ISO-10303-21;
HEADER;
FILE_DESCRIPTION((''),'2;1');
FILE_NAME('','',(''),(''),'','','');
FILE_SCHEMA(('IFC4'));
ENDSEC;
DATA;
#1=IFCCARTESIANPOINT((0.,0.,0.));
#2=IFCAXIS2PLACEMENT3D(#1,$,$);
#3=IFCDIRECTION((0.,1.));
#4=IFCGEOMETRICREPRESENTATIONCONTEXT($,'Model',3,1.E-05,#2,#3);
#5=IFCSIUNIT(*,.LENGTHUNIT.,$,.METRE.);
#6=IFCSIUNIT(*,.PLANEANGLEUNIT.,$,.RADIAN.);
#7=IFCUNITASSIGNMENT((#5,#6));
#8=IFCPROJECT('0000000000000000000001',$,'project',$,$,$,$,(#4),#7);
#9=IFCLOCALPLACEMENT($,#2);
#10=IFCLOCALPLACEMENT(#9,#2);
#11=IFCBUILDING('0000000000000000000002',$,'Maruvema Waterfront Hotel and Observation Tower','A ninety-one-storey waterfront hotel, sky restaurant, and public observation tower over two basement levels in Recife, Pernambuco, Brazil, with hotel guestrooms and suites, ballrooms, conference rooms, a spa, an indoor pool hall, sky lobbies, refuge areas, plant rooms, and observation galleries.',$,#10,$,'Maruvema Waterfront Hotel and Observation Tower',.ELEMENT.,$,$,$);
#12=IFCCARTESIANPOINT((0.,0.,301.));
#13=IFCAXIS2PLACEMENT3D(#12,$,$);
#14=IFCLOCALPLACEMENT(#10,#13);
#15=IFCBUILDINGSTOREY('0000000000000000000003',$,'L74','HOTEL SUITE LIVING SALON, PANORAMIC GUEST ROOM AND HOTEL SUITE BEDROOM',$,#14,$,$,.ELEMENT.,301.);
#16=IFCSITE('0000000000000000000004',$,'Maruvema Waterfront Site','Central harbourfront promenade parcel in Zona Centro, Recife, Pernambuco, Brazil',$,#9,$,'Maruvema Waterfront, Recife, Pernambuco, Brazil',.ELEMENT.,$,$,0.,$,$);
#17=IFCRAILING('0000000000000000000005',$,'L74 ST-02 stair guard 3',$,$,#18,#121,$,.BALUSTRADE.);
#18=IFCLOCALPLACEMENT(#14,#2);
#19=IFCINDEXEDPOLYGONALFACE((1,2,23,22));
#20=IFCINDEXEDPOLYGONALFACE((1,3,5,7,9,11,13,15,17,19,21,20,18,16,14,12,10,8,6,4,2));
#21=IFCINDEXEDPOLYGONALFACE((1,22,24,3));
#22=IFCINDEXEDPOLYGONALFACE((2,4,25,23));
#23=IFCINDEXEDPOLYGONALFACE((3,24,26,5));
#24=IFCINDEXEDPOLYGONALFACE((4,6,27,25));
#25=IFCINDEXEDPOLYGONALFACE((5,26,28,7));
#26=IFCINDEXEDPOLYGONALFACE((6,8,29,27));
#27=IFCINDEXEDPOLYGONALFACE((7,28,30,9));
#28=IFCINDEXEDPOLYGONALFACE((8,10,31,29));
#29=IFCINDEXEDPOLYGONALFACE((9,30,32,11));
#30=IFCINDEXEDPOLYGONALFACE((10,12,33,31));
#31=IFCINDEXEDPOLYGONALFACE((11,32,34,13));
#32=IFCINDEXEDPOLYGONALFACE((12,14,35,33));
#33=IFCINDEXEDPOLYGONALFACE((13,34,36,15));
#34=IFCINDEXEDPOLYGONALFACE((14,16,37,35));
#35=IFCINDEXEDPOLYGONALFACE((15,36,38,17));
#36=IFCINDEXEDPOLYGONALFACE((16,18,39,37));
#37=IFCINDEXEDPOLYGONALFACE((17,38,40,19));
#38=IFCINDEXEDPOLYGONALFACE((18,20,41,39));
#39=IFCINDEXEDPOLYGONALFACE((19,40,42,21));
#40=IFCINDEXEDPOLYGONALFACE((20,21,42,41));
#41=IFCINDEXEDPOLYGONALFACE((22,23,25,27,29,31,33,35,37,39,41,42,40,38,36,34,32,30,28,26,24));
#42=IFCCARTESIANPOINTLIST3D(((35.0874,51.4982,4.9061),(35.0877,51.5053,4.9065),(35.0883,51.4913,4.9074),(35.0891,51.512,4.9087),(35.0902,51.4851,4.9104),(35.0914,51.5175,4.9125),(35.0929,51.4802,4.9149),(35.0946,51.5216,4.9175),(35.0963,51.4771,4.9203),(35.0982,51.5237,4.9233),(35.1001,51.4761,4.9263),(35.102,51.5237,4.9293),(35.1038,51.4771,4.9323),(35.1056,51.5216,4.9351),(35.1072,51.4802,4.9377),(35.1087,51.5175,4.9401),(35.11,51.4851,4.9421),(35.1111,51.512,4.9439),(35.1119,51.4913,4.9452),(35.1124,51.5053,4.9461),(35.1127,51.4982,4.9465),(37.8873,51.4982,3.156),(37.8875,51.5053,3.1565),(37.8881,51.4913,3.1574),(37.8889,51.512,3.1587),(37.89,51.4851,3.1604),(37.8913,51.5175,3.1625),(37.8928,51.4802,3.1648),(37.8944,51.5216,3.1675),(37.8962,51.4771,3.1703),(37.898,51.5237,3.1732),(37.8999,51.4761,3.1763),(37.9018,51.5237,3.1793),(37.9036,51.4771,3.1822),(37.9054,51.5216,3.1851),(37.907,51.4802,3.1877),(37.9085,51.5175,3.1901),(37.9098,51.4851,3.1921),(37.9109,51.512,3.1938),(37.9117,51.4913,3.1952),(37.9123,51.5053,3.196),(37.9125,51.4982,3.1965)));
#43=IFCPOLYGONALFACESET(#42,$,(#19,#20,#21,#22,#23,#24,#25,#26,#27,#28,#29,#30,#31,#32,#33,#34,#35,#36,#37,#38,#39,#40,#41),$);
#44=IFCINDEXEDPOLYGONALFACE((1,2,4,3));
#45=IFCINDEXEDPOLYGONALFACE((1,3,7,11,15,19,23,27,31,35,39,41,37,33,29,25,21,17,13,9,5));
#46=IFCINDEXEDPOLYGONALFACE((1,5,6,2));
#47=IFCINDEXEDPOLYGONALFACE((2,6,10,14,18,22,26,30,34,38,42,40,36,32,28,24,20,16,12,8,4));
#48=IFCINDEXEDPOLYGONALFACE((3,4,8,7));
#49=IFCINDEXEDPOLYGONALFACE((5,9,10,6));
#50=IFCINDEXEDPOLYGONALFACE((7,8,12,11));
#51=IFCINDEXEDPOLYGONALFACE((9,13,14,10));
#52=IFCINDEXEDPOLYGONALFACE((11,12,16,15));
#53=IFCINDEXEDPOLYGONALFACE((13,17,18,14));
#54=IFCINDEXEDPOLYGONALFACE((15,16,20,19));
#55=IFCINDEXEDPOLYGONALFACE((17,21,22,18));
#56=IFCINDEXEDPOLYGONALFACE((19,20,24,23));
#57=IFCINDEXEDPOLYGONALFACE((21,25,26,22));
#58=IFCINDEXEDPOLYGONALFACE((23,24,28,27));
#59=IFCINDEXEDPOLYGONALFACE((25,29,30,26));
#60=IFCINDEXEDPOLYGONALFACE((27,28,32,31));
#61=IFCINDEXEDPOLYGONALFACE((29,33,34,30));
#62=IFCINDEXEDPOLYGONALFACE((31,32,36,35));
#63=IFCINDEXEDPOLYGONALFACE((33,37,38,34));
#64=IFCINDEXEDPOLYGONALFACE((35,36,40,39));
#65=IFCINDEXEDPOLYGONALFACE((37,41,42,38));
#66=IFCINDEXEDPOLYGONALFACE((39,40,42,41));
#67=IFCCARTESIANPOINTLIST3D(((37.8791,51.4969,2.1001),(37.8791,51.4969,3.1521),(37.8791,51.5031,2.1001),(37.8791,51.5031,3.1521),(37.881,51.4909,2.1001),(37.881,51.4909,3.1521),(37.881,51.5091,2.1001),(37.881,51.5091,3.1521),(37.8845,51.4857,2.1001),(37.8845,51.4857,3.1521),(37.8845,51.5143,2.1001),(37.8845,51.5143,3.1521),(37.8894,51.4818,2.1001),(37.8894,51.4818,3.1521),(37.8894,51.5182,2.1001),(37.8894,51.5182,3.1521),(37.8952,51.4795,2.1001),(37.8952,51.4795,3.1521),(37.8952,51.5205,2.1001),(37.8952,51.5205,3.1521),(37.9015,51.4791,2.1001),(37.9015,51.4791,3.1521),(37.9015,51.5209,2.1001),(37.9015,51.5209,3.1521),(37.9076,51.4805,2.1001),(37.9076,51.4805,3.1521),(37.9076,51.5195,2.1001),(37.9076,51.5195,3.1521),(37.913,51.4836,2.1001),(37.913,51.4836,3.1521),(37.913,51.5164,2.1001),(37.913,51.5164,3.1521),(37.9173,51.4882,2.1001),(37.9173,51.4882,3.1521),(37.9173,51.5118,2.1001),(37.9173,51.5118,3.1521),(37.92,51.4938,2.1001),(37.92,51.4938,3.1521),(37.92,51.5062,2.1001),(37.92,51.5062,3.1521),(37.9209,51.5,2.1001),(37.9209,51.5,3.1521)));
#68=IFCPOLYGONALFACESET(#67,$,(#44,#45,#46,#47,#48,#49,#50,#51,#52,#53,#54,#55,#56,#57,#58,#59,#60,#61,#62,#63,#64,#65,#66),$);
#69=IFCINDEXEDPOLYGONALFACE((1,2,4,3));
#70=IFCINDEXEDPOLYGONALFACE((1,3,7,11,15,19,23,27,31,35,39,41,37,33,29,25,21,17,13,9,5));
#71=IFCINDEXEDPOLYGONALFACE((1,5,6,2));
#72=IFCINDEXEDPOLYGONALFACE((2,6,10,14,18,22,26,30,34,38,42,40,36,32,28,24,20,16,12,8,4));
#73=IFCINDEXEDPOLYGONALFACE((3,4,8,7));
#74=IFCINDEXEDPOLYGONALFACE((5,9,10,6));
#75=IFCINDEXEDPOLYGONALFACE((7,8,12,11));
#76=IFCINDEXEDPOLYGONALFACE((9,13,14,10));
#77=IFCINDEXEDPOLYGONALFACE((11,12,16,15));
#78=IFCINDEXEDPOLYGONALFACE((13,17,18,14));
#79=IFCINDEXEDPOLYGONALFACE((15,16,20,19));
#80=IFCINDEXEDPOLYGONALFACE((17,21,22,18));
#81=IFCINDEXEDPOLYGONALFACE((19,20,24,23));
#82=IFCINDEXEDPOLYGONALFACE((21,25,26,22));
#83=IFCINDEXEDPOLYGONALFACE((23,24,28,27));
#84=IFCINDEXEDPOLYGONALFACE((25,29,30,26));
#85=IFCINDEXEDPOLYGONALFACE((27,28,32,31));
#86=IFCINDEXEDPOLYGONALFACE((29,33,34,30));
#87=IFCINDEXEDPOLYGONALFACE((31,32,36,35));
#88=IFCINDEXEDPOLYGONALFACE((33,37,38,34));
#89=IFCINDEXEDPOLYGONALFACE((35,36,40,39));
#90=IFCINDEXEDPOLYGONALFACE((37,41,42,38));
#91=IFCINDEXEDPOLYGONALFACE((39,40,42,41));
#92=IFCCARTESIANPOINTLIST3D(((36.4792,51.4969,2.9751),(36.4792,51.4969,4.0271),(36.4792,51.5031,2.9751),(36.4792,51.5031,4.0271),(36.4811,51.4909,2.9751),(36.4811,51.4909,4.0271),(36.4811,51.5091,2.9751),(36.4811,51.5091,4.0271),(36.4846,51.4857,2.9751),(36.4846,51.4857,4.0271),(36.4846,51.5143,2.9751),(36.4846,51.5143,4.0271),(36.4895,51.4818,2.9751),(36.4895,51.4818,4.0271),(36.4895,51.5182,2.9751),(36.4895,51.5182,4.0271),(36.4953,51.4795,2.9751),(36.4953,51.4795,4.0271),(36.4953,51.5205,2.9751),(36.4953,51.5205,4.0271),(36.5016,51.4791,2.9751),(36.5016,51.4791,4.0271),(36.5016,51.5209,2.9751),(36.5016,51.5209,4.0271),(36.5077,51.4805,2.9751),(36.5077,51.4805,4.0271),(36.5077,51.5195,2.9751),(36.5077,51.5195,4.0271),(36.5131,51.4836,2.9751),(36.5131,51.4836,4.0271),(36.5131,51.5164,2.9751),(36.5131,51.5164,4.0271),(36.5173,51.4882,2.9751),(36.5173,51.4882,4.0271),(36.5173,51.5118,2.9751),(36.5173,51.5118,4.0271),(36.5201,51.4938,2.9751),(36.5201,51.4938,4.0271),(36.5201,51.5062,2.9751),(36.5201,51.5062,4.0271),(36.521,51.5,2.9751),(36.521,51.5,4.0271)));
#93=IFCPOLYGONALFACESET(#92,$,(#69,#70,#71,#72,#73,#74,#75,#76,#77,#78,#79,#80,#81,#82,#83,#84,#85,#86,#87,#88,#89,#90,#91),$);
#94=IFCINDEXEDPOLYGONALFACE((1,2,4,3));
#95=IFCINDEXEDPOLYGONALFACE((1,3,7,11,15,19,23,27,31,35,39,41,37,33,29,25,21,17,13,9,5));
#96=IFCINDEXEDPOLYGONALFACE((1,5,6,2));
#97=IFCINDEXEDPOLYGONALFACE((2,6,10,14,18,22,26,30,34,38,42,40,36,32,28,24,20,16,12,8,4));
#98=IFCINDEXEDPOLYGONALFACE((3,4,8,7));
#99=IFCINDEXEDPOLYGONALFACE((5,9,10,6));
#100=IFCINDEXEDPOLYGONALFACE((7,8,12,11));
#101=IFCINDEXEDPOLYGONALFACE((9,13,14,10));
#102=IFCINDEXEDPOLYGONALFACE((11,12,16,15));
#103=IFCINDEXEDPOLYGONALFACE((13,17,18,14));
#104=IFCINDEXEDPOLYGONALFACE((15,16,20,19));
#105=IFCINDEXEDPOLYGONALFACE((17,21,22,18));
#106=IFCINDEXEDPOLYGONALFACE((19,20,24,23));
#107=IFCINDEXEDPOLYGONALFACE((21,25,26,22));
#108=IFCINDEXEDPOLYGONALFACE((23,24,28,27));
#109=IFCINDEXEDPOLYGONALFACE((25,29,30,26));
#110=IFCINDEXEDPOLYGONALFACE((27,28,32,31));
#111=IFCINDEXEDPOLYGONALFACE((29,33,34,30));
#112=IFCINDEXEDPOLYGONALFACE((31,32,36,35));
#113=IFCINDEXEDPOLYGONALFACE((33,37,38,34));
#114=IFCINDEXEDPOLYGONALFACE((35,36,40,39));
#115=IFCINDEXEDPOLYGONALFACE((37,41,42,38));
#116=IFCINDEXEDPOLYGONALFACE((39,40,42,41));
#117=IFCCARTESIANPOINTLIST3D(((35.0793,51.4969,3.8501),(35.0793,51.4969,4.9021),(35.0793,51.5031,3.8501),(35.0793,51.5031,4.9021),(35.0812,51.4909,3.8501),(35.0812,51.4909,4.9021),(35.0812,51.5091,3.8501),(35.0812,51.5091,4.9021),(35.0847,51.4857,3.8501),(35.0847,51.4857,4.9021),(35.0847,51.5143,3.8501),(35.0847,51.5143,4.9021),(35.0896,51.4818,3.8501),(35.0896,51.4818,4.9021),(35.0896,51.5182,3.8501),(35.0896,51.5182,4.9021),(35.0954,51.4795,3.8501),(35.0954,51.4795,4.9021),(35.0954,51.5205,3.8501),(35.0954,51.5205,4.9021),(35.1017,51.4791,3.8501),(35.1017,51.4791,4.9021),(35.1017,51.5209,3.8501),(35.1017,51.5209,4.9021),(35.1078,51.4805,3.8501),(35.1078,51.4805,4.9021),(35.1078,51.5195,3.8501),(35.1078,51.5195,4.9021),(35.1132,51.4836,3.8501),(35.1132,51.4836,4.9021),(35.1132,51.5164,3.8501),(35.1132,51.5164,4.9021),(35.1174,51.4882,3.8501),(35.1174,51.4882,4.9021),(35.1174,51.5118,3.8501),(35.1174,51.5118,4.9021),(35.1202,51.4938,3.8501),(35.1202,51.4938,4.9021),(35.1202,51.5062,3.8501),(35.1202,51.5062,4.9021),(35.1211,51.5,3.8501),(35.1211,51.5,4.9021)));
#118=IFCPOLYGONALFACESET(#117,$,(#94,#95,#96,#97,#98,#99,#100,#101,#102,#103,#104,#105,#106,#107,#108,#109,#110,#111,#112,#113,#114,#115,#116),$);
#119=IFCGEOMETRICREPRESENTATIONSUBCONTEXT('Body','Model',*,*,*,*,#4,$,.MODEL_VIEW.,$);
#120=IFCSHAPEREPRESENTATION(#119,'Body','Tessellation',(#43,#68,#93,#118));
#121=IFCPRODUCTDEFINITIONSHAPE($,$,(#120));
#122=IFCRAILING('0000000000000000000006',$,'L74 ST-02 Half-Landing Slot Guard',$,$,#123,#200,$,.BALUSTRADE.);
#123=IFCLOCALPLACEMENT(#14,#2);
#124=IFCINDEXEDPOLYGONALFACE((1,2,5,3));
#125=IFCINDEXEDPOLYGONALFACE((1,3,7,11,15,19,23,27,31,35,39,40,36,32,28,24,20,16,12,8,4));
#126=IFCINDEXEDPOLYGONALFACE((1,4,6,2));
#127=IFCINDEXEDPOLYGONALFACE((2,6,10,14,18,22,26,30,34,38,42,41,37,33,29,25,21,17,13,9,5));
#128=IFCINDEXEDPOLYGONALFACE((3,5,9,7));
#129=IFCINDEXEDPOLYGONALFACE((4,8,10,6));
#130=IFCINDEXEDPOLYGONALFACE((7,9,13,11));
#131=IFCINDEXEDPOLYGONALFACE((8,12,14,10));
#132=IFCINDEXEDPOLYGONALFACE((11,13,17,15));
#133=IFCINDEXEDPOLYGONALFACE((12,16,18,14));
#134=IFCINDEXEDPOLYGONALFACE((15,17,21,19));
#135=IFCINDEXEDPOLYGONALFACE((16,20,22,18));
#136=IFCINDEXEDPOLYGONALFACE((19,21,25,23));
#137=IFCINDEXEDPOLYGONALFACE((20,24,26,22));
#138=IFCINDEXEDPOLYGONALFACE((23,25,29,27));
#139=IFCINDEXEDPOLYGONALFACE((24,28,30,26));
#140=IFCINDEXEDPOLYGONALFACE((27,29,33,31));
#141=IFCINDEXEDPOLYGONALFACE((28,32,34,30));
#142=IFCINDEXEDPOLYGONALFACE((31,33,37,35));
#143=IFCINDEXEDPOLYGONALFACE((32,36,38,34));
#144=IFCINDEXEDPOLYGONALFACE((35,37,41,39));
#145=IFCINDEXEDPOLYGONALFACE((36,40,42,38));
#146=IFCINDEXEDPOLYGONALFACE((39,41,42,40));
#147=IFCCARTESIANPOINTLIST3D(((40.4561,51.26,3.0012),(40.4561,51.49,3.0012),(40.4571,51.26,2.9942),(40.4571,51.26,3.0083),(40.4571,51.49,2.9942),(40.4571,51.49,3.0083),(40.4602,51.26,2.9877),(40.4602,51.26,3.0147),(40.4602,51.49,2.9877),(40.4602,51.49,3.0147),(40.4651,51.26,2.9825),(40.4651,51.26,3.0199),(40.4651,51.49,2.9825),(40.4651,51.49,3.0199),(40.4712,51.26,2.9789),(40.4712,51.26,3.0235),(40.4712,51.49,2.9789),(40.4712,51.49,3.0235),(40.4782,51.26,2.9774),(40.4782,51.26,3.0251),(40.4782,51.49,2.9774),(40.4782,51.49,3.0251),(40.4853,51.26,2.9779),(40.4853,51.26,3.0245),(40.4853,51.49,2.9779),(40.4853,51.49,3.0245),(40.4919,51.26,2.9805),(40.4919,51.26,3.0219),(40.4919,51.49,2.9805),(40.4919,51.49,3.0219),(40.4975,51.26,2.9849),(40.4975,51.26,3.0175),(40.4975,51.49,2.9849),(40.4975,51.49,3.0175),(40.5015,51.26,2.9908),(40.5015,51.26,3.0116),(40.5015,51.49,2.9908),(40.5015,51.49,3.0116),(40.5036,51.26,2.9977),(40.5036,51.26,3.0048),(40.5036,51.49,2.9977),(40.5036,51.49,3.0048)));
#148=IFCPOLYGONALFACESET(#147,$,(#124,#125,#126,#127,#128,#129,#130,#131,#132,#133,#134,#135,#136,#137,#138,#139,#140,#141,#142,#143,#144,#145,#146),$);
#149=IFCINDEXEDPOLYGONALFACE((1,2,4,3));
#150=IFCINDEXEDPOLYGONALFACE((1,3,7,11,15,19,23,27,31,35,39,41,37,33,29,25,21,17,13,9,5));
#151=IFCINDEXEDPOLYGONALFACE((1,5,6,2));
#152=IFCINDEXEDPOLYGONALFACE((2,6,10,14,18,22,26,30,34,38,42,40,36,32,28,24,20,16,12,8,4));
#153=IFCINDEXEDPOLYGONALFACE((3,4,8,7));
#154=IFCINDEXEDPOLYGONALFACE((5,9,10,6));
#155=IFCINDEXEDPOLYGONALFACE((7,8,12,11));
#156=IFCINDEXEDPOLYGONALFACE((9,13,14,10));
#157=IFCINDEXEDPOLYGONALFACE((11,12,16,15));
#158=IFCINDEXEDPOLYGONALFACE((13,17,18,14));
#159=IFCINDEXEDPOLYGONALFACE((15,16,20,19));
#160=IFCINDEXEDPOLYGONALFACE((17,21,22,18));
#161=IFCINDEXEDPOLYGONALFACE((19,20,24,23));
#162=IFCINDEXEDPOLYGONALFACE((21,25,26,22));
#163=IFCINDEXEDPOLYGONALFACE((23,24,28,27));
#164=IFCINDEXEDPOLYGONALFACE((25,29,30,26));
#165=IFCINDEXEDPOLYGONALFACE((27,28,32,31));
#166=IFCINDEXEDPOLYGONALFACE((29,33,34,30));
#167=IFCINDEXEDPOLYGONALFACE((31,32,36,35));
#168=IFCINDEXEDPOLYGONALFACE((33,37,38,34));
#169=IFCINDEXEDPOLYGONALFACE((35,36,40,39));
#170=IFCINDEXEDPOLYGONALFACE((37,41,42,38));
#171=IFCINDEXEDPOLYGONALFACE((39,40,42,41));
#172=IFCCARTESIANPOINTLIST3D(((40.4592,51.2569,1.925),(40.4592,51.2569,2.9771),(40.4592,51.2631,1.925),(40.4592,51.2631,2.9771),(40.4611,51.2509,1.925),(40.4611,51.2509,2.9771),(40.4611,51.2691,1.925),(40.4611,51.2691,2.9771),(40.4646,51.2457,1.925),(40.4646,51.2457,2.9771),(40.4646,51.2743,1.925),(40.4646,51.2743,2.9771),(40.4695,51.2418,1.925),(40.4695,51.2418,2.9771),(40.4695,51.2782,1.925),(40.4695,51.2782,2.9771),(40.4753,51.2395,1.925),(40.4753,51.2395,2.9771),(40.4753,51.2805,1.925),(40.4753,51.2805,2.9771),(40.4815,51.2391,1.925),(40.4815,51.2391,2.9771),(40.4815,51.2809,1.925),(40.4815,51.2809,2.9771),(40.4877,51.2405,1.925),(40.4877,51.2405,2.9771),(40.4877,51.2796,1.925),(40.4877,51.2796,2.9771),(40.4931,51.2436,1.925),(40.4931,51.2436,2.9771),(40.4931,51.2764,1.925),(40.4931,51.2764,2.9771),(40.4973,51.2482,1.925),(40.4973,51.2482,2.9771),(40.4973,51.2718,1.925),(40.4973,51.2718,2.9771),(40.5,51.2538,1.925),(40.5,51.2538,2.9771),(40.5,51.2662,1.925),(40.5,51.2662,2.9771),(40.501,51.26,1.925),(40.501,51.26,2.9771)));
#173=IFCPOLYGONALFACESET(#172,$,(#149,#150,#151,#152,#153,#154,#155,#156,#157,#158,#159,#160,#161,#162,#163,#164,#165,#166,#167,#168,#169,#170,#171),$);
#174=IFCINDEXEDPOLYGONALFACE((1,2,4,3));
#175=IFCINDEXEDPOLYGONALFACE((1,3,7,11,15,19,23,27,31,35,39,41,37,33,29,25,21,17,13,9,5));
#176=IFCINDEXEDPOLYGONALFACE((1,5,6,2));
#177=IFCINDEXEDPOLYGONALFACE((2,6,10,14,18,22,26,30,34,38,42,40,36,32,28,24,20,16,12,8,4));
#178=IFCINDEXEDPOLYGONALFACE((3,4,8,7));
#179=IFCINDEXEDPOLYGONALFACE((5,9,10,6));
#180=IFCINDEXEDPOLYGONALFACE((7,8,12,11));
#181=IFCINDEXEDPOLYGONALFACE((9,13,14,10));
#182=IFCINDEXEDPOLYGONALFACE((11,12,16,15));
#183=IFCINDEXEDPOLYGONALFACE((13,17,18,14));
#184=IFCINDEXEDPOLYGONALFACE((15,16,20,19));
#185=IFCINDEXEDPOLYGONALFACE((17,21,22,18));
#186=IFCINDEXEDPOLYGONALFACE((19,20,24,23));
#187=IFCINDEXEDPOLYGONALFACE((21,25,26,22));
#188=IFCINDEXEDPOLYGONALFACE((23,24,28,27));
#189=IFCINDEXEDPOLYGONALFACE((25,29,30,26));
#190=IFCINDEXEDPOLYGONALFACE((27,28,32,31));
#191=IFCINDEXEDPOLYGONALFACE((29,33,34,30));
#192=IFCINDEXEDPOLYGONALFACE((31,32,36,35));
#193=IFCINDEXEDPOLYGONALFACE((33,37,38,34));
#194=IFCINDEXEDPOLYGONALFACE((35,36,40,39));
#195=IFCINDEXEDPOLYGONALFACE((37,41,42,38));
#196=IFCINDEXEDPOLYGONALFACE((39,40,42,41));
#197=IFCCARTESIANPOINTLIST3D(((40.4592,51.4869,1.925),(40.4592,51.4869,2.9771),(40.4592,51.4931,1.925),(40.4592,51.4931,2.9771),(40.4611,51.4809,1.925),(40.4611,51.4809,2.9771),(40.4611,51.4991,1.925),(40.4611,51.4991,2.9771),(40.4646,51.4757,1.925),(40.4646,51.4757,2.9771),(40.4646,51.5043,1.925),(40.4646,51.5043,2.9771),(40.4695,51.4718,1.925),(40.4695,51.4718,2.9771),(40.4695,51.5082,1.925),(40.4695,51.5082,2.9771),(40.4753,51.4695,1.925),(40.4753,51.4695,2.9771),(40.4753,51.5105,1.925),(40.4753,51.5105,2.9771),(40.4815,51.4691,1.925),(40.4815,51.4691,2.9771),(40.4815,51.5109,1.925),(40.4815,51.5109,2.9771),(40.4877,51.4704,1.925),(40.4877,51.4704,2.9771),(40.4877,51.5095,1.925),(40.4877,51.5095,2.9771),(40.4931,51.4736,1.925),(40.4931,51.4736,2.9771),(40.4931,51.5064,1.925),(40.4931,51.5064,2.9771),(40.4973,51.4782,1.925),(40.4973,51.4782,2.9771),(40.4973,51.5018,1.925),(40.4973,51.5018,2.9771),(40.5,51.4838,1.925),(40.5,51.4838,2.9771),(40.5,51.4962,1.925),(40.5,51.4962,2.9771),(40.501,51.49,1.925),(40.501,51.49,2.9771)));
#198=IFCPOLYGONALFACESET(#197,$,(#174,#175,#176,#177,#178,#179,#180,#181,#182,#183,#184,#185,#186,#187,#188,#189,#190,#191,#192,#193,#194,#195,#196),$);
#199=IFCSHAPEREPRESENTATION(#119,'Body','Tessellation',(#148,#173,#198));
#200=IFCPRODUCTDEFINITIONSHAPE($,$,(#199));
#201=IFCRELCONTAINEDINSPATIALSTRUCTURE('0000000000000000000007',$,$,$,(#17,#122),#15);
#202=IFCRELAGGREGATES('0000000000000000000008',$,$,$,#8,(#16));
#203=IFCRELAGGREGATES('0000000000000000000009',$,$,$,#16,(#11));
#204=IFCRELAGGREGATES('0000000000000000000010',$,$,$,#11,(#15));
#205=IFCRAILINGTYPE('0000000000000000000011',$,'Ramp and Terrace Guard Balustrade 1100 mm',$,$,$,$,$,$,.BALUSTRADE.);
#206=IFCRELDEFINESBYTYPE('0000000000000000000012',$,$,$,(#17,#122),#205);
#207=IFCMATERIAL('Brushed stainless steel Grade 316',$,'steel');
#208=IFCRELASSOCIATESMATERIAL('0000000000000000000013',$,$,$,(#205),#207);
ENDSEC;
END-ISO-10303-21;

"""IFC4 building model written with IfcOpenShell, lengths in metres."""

from ifc_helpers import new_model, si_unit, direction, frame, origin, origin_2d, place, context, subcontext, project, spatial, circle, extrude, material, type_object, element, save


model = new_model("IFC4")

# Units and contexts
model_context = context("Model", 3, precision=1e-05, world=origin(), true_north=direction((0.0, 1.0)))
body_context = subcontext(model_context, "Body", "Model", "MODEL_VIEW")
ifc_project = project(units=[si_unit("LENGTHUNIT", "METRE"), si_unit("PLANEANGLEUNIT", "RADIAN")], contexts=[model_context])

# Site, building, storey
site_placement = place(None, origin())
site = spatial("IfcSite", under=ifc_project, at=site_placement, Name="Maruvema Waterfront Site", Description="Central harbourfront promenade parcel in Zona Centro, Recife, Pernambuco, Brazil", LongName="Maruvema Waterfront, Recife, Pernambuco, Brazil", CompositionType="ELEMENT", RefElevation=0.0)
building_placement = place(site_placement, origin())
building = spatial("IfcBuilding", under=site, at=building_placement, Name="Maruvema Waterfront Hotel and Observation Tower", Description="A ninety-one-storey waterfront hotel, sky restaurant, and public observation tower over two basement levels in Recife, Pernambuco, Brazil, with hotel guestrooms and suites, ballrooms, conference rooms, a spa, an indoor pool hall, sky lobbies, refuge areas, plant rooms, and observation galleries.", LongName="Maruvema Waterfront Hotel and Observation Tower", CompositionType="ELEMENT")
storey_placement = place(building_placement, frame((0.0, 0.0, 301.0)))
storey = spatial("IfcBuildingStorey", under=building, at=storey_placement, Name="L74", Description="HOTEL SUITE LIVING SALON, PANORAMIC GUEST ROOM AND HOTEL SUITE BEDROOM", CompositionType="ELEMENT", Elevation=301.0)

# Railings
ifc_material_1 = material(Name="Brushed stainless steel Grade 316", Category="steel")
railing_type_1 = type_object("IfcRailingType", Name="Ramp and Terrace Guard Balustrade 1100 mm", PredefinedType="BALUSTRADE", material=ifc_material_1)
railing_1_placement = place(storey_placement, frame((37.8999, 51.5, 2.1001)))
element("IfcRailing", 1, at=railing_1_placement, inside=storey, type_object=railing_type_1, Name="L74 ST-02 stair guard 3", PredefinedType="BALUSTRADE", context=body_context, shape_type="SweptSolid", body=[
    extrude(circle(Radius=0.0239, at=origin_2d()), frame((0.0, 0.0, 1.0762), z_axis=(-0.847982, 0.0, 0.530026), x_axis=(0.0, -1.0, 0.0)), (0.0, 0.0, 1.0), 3.3018),
    extrude(circle(Radius=0.021, at=origin_2d()), origin(), (0.0, 0.0, 1.0), 1.052),
    extrude(circle(Radius=0.021, at=origin_2d()), frame((-1.3999, 0.0, 0.875)), (0.0, 0.0, 1.0), 1.052),
    extrude(circle(Radius=0.021, at=origin_2d()), frame((-2.7998, 0.0, 1.75)), (0.0, 0.0, 1.0), 1.052),
])
railing_2_placement = place(storey_placement, frame((40.48, 51.26, 1.925)))
element("IfcRailing", 2, at=railing_2_placement, inside=storey, type_object=railing_type_1, Name="L74 ST-02 Half-Landing Slot Guard", PredefinedType="BALUSTRADE", context=body_context, shape_type="SweptSolid", body=[
    extrude(circle(Radius=0.0239, at=origin_2d()), frame((0.0, 0.0, 1.0762), z_axis=(0.0, 1.0, 0.0), x_axis=(-1.0, 0.0, 0.0)), (0.0, 0.0, 1.0), 0.23),
    extrude(circle(Radius=0.021, at=origin_2d()), origin(), (0.0, 0.0, 1.0), 1.052),
    extrude(circle(Radius=0.021, at=origin_2d()), frame((0.0, 0.23, 0.0)), (0.0, 0.0, 1.0), 1.052),
])

save(model, "model.ifc")
